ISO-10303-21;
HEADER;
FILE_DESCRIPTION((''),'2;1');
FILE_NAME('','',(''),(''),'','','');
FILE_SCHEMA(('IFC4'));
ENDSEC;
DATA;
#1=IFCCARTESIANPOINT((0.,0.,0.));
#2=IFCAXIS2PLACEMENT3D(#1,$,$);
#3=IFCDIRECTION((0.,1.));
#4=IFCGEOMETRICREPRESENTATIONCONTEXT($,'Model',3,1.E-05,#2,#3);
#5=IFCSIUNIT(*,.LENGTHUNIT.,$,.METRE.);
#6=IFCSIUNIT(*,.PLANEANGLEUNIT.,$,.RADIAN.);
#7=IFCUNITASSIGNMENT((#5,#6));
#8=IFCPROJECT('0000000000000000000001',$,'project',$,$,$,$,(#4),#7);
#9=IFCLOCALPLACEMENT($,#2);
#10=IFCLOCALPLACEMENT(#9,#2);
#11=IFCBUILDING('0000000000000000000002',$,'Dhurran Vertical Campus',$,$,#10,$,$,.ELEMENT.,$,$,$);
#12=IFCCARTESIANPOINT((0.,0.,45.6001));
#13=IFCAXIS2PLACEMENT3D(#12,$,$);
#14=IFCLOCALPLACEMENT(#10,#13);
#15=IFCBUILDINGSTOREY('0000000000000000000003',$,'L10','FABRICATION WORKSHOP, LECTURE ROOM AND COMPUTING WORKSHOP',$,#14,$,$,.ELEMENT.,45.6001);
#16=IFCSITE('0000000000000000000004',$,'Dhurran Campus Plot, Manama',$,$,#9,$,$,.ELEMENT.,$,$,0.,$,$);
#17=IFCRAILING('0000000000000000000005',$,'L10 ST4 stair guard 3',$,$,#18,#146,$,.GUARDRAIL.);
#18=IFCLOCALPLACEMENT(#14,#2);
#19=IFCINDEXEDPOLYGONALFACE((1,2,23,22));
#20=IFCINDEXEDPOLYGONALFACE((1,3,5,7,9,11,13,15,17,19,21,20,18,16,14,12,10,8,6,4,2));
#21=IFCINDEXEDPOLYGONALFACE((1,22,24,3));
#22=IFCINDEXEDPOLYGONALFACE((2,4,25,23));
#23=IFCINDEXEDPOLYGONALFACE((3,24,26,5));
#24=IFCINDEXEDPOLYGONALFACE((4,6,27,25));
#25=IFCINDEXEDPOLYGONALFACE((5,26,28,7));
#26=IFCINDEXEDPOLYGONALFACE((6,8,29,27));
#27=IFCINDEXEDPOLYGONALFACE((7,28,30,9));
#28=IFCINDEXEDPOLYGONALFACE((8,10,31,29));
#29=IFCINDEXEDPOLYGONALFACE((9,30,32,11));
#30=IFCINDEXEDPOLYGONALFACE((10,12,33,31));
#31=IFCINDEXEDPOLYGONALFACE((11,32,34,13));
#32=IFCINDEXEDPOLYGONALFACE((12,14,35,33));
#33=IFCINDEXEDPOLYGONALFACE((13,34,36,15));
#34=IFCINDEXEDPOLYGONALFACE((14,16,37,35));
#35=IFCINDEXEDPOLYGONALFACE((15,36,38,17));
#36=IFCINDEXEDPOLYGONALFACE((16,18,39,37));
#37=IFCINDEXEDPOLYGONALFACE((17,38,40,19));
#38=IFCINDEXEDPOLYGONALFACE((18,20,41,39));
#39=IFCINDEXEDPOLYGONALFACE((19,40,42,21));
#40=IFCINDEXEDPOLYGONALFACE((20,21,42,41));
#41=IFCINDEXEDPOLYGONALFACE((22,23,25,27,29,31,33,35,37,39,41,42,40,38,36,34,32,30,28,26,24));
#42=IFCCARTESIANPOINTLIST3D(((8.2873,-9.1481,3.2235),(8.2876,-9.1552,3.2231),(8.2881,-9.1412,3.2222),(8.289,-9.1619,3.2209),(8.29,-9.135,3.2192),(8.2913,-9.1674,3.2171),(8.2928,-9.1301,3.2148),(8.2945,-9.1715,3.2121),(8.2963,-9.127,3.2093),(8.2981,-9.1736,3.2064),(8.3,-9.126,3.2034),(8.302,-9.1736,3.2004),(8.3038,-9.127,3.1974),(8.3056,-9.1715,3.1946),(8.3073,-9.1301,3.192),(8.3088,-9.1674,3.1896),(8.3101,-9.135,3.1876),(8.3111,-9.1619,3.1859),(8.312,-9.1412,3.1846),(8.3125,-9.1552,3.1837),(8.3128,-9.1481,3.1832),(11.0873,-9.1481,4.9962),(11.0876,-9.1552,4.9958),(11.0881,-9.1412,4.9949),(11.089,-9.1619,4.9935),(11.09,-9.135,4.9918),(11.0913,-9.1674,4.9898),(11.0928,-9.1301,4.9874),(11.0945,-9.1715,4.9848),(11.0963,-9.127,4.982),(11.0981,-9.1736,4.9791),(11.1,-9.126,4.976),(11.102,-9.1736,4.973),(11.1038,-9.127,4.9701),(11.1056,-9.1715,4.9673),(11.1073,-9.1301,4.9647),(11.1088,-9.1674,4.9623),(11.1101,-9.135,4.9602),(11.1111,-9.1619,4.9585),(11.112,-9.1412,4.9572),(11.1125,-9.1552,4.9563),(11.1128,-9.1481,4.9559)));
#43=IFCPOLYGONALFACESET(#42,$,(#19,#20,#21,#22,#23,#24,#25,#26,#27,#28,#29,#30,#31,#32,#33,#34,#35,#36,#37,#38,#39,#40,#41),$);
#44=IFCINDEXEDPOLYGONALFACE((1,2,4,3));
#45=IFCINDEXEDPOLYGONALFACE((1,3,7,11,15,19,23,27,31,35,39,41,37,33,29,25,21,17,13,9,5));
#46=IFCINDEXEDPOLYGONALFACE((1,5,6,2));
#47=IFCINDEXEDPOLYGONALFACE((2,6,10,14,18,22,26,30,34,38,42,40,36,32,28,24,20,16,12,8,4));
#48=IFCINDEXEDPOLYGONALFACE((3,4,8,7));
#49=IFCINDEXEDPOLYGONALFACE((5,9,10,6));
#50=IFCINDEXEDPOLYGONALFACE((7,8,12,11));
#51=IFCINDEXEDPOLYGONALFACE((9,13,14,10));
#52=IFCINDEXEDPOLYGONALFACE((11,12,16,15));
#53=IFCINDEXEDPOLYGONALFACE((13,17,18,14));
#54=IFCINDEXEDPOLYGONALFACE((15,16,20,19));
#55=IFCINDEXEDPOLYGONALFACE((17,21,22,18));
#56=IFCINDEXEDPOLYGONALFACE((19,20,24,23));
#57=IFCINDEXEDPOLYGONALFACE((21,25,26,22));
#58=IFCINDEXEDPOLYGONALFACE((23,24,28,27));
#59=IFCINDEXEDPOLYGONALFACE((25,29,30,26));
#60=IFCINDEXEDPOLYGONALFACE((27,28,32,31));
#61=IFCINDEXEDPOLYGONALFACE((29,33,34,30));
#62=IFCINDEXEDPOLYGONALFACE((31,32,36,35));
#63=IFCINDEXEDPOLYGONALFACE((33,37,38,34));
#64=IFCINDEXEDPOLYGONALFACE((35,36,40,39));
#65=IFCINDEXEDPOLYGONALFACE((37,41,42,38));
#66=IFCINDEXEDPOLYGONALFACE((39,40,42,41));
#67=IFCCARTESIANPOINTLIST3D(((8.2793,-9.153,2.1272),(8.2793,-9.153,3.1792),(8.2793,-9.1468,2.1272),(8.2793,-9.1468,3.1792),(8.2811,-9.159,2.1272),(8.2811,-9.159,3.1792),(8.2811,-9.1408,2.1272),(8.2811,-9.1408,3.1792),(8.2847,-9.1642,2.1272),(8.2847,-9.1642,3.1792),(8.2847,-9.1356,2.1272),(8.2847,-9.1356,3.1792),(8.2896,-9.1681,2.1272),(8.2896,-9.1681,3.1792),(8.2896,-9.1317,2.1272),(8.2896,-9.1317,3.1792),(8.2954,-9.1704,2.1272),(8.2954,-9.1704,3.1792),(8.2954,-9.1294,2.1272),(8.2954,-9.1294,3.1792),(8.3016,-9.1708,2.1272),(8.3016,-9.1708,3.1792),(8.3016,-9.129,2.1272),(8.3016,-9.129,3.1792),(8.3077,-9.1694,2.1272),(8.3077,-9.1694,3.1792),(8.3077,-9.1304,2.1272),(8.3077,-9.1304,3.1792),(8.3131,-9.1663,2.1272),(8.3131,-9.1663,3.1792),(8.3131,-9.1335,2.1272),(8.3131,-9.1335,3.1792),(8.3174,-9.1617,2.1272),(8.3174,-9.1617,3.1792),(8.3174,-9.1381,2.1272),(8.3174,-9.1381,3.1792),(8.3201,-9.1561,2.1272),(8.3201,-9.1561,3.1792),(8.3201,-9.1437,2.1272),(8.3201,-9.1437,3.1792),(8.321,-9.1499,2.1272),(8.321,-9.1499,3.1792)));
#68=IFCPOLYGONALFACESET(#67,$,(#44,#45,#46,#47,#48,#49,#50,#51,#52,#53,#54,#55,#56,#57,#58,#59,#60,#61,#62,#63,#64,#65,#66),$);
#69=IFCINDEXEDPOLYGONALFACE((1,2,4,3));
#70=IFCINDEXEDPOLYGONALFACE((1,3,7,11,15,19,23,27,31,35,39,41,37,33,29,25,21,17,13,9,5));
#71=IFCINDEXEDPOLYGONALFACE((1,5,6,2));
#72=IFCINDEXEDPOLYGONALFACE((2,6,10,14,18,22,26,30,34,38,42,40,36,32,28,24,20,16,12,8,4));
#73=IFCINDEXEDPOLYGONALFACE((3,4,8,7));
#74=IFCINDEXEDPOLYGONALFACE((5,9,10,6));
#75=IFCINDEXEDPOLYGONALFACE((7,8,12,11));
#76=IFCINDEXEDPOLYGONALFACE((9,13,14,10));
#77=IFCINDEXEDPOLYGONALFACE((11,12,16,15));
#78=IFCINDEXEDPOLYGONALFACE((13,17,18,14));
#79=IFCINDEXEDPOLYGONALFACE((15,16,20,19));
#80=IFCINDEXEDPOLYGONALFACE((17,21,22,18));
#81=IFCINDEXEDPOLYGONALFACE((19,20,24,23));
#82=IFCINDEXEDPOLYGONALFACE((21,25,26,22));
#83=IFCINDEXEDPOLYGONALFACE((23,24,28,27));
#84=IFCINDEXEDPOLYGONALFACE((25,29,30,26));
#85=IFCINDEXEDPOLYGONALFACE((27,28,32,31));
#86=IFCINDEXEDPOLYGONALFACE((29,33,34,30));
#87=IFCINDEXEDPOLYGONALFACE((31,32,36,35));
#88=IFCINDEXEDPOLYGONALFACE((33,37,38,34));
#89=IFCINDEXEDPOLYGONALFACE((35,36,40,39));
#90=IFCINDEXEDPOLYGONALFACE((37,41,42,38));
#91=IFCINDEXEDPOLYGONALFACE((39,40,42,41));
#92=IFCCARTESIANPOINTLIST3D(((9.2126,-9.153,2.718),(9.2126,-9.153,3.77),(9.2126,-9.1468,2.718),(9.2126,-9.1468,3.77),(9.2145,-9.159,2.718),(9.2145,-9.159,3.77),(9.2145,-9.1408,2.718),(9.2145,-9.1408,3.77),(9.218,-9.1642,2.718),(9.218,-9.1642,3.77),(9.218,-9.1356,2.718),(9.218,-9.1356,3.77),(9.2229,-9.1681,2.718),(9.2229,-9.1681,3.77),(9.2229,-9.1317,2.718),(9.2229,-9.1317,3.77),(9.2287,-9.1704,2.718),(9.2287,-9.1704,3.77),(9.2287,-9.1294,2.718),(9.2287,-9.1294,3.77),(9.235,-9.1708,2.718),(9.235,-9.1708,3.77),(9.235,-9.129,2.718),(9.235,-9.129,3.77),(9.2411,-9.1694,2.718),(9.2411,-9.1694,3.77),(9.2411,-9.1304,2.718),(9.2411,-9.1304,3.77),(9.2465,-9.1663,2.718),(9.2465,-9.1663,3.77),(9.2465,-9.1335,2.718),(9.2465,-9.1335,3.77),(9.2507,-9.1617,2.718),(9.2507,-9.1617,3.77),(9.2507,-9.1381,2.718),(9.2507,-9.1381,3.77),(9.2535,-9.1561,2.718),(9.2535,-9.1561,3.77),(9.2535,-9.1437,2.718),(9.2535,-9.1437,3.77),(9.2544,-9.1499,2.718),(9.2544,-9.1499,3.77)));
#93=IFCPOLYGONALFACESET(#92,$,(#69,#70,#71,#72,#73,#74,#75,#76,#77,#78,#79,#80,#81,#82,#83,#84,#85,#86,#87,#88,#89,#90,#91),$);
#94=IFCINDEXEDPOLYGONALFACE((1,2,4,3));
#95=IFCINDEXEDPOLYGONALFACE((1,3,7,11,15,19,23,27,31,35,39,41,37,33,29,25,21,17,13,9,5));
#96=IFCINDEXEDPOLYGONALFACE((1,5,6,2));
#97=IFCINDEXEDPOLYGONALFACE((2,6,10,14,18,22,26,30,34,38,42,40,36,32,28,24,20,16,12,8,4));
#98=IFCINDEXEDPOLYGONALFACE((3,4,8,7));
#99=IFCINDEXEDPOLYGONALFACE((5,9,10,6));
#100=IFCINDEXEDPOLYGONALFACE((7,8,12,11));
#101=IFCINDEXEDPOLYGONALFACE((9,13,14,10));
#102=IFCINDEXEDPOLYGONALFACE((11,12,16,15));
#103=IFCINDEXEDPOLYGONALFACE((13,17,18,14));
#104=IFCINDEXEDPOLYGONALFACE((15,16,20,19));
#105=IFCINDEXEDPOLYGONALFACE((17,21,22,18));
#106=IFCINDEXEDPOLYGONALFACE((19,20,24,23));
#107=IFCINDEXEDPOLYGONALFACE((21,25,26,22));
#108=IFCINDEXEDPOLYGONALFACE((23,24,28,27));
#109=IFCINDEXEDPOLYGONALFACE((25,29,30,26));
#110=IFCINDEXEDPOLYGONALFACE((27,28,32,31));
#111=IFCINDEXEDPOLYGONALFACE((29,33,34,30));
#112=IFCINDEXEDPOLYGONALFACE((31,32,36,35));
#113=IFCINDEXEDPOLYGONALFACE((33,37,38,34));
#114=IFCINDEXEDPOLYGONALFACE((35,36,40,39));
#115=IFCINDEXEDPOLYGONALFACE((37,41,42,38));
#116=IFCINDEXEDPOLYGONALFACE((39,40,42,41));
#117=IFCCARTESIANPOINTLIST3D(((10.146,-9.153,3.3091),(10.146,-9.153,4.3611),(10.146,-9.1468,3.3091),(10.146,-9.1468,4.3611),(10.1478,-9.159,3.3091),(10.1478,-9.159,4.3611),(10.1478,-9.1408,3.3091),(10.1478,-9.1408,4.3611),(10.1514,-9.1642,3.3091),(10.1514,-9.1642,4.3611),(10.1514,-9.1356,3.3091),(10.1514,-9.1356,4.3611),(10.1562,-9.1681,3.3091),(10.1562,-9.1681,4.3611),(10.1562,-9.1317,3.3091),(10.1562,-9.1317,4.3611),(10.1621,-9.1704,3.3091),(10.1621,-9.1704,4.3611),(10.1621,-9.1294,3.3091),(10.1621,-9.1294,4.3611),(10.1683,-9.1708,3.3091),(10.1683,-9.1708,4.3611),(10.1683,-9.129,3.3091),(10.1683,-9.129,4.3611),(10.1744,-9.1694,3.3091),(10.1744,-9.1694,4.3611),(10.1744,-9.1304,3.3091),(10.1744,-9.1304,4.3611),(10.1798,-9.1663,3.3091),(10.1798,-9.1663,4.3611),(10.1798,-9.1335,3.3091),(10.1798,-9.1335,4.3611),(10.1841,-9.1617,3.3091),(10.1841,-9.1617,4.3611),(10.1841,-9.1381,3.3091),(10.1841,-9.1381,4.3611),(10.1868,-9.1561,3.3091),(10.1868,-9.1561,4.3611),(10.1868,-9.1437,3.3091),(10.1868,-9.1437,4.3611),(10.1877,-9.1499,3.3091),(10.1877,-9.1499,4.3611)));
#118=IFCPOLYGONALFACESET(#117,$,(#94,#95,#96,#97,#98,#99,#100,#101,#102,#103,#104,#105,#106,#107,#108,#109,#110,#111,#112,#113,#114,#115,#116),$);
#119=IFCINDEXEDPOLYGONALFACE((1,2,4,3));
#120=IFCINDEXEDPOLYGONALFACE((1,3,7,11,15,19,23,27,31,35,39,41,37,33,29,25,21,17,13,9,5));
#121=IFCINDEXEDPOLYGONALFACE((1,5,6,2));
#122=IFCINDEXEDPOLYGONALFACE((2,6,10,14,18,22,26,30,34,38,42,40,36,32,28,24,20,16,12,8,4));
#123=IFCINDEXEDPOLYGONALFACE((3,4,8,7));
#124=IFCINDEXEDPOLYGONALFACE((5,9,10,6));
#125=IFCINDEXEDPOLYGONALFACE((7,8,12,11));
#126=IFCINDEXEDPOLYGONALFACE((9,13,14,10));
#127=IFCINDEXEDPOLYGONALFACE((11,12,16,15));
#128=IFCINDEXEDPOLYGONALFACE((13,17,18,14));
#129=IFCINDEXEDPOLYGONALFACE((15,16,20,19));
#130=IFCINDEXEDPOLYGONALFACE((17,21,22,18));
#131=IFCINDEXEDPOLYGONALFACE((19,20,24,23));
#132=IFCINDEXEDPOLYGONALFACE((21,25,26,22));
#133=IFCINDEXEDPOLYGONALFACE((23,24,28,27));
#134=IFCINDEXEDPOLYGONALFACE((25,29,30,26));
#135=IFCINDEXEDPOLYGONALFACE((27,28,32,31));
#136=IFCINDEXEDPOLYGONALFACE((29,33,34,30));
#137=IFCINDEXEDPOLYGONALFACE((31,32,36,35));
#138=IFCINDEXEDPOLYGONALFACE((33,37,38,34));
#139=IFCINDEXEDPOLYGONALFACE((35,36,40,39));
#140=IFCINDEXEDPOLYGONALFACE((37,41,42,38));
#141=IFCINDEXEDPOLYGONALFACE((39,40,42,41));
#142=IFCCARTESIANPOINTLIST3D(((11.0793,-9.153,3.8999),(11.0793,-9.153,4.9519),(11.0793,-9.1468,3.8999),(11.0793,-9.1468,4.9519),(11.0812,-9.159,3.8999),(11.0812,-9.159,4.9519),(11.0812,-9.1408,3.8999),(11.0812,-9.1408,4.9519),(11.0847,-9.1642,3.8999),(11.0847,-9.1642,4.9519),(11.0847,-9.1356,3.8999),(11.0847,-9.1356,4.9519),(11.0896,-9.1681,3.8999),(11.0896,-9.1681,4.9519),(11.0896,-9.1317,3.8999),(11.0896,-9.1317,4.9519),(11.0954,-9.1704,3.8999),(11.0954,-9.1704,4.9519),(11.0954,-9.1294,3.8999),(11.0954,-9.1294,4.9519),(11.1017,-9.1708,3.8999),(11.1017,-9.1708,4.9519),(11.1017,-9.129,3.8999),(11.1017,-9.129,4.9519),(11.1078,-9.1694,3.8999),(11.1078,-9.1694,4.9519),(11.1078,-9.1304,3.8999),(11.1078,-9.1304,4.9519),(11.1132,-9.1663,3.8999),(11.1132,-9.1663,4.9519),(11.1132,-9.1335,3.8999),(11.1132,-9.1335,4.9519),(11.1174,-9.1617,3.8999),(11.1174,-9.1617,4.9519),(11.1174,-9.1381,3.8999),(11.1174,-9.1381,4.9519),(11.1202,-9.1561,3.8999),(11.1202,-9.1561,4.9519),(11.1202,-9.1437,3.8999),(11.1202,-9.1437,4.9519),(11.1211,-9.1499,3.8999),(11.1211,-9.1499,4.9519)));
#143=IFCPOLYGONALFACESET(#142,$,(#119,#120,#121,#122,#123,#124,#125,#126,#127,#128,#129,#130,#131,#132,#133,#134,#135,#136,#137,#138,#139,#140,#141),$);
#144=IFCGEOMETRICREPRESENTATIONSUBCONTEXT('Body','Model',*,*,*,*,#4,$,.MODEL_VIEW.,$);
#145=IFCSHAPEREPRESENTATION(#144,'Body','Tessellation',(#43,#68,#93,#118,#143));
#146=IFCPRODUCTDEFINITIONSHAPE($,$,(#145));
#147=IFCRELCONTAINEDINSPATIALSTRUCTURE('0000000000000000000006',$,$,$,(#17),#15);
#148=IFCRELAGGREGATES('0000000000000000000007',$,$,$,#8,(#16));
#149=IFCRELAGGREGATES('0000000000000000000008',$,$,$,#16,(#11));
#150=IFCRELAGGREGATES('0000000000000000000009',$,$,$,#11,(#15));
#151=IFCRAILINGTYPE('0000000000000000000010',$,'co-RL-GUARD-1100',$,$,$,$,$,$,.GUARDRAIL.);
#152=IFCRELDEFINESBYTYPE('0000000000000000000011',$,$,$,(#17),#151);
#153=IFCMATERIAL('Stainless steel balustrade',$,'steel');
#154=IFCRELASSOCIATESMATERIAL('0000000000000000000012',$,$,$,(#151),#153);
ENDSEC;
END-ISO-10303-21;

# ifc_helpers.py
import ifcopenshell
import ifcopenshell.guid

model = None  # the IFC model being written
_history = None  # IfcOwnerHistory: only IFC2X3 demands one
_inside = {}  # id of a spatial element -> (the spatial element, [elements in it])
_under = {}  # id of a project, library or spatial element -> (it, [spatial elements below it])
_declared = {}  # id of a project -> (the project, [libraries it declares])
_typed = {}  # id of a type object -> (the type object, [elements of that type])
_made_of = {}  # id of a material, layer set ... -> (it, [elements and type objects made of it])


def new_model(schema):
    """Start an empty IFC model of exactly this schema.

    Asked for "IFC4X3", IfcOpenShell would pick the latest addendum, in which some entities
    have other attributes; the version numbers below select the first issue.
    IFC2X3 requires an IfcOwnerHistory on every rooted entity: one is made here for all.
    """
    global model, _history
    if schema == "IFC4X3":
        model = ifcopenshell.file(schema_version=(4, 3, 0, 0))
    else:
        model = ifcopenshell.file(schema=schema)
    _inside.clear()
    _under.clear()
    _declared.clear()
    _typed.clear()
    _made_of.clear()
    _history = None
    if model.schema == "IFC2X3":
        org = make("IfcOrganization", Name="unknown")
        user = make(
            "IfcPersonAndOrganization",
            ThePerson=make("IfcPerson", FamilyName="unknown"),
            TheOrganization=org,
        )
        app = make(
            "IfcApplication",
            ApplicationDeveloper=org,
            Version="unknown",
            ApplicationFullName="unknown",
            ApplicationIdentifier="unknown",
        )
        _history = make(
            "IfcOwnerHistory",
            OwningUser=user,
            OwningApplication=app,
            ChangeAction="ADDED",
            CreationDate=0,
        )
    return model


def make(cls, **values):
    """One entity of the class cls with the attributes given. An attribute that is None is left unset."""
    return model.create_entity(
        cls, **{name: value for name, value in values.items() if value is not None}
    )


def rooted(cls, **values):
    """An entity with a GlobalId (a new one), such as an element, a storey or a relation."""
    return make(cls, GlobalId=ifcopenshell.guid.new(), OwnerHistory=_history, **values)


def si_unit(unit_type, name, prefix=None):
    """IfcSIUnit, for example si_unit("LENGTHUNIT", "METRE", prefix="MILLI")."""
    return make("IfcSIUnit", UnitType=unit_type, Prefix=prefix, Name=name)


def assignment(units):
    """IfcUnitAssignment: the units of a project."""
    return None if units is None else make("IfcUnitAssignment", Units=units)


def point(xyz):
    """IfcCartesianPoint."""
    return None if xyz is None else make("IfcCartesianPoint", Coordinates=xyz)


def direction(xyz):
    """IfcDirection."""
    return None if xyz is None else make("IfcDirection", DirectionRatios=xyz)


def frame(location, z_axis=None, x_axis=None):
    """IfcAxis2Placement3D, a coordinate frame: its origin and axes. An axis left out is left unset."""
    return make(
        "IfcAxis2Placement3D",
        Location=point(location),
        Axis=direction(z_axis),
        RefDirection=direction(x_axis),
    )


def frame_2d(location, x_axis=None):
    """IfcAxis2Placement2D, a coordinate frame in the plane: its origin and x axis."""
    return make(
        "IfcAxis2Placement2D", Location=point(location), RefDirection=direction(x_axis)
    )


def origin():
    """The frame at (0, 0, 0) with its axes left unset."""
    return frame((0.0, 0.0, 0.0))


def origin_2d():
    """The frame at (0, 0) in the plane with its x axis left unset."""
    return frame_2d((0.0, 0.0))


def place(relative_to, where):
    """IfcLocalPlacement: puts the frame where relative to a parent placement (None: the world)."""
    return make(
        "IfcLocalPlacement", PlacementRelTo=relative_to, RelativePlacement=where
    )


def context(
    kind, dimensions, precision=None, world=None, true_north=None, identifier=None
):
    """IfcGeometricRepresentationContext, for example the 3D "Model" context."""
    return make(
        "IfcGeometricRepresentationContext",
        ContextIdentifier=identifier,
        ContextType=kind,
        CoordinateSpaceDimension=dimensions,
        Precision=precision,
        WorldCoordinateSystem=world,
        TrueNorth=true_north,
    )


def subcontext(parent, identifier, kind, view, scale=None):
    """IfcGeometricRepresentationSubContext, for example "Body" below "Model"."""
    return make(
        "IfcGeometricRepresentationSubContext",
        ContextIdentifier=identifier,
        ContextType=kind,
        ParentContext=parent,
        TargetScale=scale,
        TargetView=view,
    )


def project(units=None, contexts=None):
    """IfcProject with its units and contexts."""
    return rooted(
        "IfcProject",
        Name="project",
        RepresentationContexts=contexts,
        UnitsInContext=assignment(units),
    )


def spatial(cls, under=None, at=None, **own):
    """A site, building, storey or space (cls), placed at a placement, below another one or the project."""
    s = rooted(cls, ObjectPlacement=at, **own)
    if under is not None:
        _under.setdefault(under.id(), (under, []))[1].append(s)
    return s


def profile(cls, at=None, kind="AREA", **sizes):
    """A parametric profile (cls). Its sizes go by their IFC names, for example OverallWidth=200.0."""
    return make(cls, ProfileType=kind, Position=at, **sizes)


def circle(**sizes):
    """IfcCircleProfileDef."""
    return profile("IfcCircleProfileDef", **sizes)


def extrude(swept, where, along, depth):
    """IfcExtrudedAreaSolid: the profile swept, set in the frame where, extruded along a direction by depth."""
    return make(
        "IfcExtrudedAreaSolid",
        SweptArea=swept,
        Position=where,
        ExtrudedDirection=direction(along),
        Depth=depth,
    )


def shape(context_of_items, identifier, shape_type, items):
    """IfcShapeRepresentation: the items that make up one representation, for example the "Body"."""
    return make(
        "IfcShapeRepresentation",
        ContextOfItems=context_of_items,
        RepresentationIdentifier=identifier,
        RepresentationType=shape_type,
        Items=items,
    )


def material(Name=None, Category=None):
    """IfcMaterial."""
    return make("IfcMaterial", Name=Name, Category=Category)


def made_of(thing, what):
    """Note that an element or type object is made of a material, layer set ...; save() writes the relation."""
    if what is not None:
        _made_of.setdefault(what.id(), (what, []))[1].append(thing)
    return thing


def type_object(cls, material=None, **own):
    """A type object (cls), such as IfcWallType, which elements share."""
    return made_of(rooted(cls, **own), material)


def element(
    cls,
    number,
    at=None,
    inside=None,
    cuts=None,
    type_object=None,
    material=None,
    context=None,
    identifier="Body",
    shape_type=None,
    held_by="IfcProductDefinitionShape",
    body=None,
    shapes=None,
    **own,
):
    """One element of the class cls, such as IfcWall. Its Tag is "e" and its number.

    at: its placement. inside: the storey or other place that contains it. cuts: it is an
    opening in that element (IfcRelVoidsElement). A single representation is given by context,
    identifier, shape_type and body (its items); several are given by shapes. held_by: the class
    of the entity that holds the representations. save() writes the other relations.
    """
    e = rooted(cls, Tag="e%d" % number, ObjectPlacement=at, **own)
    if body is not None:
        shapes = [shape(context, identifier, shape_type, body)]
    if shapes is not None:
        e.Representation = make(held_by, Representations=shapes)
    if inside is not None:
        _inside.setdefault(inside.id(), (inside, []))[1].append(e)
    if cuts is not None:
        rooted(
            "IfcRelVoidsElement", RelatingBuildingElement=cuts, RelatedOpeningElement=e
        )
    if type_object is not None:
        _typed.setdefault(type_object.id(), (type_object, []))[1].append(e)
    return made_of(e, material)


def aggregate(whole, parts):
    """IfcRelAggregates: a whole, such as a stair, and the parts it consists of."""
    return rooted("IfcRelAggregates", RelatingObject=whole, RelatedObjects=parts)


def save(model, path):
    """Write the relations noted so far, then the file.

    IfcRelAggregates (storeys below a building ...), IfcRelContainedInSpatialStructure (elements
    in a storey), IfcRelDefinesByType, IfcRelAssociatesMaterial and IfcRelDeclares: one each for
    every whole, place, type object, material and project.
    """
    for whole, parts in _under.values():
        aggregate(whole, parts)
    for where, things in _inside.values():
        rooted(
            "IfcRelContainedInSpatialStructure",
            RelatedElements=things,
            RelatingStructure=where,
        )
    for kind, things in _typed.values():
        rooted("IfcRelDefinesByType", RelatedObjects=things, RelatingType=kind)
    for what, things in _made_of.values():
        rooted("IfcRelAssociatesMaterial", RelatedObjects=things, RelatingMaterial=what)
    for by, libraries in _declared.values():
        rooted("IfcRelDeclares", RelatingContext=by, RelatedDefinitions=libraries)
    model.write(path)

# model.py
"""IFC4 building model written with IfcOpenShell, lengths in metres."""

from ifc_helpers import new_model, si_unit, direction, frame, origin, origin_2d, place, context, subcontext, project, spatial, circle, extrude, material, type_object, element, save


model = new_model("IFC4")

# Units and contexts
model_context = context("Model", 3, precision=1e-05, world=origin(), true_north=direction((0.0, 1.0)))
body_context = subcontext(model_context, "Body", "Model", "MODEL_VIEW")
ifc_project = project(units=[si_unit("LENGTHUNIT", "METRE"), si_unit("PLANEANGLEUNIT", "RADIAN")], contexts=[model_context])

# Site, building, storey
site_placement = place(None, origin())
site = spatial("IfcSite", under=ifc_project, at=site_placement, Name="Dhurran Campus Plot, Manama", CompositionType="ELEMENT", RefElevation=0.0)
building_placement = place(site_placement, origin())
building = spatial("IfcBuilding", under=site, at=building_placement, Name="Dhurran Vertical Campus", CompositionType="ELEMENT")
storey_placement = place(building_placement, frame((0.0, 0.0, 45.6001)))
storey = spatial("IfcBuildingStorey", under=building, at=storey_placement, Name="L10", Description="FABRICATION WORKSHOP, LECTURE ROOM AND COMPUTING WORKSHOP", CompositionType="ELEMENT", Elevation=45.6001)

# Railing
ifc_material_1 = material(Name="Stainless steel balustrade", Category="steel")
railing_type_1 = type_object("IfcRailingType", Name="co-RL-GUARD-1100", PredefinedType="GUARDRAIL", material=ifc_material_1)
railing_1_placement = place(storey_placement, frame((8.3, -9.1499, 2.1272)))
element("IfcRailing", 1, at=railing_1_placement, inside=storey, type_object=railing_type_1, Name="L10 ST4 stair guard 3", PredefinedType="GUARDRAIL", context=body_context, shape_type="SweptSolid", body=[
    extrude(circle(Radius=0.0239, at=origin_2d()), frame((0.0, 0.0, 1.0762), z_axis=(0.844909, 0.0, 0.53491), x_axis=(0.0, 1.0, 0.0)), (0.0, 0.0, 1.0), 3.314),
    extrude(circle(Radius=0.021, at=origin_2d()), origin(), (0.0, 0.0, 1.0), 1.052),
    extrude(circle(Radius=0.021, at=origin_2d()), frame((0.9333, 0.0, 0.5908)), (0.0, 0.0, 1.0), 1.052),
    extrude(circle(Radius=0.021, at=origin_2d()), frame((1.8667, 0.0, 1.1819)), (0.0, 0.0, 1.0), 1.052),
    extrude(circle(Radius=0.021, at=origin_2d()), frame((2.8, 0.0, 1.7727)), (0.0, 0.0, 1.0), 1.052),
])

save(model, "model.ifc")
